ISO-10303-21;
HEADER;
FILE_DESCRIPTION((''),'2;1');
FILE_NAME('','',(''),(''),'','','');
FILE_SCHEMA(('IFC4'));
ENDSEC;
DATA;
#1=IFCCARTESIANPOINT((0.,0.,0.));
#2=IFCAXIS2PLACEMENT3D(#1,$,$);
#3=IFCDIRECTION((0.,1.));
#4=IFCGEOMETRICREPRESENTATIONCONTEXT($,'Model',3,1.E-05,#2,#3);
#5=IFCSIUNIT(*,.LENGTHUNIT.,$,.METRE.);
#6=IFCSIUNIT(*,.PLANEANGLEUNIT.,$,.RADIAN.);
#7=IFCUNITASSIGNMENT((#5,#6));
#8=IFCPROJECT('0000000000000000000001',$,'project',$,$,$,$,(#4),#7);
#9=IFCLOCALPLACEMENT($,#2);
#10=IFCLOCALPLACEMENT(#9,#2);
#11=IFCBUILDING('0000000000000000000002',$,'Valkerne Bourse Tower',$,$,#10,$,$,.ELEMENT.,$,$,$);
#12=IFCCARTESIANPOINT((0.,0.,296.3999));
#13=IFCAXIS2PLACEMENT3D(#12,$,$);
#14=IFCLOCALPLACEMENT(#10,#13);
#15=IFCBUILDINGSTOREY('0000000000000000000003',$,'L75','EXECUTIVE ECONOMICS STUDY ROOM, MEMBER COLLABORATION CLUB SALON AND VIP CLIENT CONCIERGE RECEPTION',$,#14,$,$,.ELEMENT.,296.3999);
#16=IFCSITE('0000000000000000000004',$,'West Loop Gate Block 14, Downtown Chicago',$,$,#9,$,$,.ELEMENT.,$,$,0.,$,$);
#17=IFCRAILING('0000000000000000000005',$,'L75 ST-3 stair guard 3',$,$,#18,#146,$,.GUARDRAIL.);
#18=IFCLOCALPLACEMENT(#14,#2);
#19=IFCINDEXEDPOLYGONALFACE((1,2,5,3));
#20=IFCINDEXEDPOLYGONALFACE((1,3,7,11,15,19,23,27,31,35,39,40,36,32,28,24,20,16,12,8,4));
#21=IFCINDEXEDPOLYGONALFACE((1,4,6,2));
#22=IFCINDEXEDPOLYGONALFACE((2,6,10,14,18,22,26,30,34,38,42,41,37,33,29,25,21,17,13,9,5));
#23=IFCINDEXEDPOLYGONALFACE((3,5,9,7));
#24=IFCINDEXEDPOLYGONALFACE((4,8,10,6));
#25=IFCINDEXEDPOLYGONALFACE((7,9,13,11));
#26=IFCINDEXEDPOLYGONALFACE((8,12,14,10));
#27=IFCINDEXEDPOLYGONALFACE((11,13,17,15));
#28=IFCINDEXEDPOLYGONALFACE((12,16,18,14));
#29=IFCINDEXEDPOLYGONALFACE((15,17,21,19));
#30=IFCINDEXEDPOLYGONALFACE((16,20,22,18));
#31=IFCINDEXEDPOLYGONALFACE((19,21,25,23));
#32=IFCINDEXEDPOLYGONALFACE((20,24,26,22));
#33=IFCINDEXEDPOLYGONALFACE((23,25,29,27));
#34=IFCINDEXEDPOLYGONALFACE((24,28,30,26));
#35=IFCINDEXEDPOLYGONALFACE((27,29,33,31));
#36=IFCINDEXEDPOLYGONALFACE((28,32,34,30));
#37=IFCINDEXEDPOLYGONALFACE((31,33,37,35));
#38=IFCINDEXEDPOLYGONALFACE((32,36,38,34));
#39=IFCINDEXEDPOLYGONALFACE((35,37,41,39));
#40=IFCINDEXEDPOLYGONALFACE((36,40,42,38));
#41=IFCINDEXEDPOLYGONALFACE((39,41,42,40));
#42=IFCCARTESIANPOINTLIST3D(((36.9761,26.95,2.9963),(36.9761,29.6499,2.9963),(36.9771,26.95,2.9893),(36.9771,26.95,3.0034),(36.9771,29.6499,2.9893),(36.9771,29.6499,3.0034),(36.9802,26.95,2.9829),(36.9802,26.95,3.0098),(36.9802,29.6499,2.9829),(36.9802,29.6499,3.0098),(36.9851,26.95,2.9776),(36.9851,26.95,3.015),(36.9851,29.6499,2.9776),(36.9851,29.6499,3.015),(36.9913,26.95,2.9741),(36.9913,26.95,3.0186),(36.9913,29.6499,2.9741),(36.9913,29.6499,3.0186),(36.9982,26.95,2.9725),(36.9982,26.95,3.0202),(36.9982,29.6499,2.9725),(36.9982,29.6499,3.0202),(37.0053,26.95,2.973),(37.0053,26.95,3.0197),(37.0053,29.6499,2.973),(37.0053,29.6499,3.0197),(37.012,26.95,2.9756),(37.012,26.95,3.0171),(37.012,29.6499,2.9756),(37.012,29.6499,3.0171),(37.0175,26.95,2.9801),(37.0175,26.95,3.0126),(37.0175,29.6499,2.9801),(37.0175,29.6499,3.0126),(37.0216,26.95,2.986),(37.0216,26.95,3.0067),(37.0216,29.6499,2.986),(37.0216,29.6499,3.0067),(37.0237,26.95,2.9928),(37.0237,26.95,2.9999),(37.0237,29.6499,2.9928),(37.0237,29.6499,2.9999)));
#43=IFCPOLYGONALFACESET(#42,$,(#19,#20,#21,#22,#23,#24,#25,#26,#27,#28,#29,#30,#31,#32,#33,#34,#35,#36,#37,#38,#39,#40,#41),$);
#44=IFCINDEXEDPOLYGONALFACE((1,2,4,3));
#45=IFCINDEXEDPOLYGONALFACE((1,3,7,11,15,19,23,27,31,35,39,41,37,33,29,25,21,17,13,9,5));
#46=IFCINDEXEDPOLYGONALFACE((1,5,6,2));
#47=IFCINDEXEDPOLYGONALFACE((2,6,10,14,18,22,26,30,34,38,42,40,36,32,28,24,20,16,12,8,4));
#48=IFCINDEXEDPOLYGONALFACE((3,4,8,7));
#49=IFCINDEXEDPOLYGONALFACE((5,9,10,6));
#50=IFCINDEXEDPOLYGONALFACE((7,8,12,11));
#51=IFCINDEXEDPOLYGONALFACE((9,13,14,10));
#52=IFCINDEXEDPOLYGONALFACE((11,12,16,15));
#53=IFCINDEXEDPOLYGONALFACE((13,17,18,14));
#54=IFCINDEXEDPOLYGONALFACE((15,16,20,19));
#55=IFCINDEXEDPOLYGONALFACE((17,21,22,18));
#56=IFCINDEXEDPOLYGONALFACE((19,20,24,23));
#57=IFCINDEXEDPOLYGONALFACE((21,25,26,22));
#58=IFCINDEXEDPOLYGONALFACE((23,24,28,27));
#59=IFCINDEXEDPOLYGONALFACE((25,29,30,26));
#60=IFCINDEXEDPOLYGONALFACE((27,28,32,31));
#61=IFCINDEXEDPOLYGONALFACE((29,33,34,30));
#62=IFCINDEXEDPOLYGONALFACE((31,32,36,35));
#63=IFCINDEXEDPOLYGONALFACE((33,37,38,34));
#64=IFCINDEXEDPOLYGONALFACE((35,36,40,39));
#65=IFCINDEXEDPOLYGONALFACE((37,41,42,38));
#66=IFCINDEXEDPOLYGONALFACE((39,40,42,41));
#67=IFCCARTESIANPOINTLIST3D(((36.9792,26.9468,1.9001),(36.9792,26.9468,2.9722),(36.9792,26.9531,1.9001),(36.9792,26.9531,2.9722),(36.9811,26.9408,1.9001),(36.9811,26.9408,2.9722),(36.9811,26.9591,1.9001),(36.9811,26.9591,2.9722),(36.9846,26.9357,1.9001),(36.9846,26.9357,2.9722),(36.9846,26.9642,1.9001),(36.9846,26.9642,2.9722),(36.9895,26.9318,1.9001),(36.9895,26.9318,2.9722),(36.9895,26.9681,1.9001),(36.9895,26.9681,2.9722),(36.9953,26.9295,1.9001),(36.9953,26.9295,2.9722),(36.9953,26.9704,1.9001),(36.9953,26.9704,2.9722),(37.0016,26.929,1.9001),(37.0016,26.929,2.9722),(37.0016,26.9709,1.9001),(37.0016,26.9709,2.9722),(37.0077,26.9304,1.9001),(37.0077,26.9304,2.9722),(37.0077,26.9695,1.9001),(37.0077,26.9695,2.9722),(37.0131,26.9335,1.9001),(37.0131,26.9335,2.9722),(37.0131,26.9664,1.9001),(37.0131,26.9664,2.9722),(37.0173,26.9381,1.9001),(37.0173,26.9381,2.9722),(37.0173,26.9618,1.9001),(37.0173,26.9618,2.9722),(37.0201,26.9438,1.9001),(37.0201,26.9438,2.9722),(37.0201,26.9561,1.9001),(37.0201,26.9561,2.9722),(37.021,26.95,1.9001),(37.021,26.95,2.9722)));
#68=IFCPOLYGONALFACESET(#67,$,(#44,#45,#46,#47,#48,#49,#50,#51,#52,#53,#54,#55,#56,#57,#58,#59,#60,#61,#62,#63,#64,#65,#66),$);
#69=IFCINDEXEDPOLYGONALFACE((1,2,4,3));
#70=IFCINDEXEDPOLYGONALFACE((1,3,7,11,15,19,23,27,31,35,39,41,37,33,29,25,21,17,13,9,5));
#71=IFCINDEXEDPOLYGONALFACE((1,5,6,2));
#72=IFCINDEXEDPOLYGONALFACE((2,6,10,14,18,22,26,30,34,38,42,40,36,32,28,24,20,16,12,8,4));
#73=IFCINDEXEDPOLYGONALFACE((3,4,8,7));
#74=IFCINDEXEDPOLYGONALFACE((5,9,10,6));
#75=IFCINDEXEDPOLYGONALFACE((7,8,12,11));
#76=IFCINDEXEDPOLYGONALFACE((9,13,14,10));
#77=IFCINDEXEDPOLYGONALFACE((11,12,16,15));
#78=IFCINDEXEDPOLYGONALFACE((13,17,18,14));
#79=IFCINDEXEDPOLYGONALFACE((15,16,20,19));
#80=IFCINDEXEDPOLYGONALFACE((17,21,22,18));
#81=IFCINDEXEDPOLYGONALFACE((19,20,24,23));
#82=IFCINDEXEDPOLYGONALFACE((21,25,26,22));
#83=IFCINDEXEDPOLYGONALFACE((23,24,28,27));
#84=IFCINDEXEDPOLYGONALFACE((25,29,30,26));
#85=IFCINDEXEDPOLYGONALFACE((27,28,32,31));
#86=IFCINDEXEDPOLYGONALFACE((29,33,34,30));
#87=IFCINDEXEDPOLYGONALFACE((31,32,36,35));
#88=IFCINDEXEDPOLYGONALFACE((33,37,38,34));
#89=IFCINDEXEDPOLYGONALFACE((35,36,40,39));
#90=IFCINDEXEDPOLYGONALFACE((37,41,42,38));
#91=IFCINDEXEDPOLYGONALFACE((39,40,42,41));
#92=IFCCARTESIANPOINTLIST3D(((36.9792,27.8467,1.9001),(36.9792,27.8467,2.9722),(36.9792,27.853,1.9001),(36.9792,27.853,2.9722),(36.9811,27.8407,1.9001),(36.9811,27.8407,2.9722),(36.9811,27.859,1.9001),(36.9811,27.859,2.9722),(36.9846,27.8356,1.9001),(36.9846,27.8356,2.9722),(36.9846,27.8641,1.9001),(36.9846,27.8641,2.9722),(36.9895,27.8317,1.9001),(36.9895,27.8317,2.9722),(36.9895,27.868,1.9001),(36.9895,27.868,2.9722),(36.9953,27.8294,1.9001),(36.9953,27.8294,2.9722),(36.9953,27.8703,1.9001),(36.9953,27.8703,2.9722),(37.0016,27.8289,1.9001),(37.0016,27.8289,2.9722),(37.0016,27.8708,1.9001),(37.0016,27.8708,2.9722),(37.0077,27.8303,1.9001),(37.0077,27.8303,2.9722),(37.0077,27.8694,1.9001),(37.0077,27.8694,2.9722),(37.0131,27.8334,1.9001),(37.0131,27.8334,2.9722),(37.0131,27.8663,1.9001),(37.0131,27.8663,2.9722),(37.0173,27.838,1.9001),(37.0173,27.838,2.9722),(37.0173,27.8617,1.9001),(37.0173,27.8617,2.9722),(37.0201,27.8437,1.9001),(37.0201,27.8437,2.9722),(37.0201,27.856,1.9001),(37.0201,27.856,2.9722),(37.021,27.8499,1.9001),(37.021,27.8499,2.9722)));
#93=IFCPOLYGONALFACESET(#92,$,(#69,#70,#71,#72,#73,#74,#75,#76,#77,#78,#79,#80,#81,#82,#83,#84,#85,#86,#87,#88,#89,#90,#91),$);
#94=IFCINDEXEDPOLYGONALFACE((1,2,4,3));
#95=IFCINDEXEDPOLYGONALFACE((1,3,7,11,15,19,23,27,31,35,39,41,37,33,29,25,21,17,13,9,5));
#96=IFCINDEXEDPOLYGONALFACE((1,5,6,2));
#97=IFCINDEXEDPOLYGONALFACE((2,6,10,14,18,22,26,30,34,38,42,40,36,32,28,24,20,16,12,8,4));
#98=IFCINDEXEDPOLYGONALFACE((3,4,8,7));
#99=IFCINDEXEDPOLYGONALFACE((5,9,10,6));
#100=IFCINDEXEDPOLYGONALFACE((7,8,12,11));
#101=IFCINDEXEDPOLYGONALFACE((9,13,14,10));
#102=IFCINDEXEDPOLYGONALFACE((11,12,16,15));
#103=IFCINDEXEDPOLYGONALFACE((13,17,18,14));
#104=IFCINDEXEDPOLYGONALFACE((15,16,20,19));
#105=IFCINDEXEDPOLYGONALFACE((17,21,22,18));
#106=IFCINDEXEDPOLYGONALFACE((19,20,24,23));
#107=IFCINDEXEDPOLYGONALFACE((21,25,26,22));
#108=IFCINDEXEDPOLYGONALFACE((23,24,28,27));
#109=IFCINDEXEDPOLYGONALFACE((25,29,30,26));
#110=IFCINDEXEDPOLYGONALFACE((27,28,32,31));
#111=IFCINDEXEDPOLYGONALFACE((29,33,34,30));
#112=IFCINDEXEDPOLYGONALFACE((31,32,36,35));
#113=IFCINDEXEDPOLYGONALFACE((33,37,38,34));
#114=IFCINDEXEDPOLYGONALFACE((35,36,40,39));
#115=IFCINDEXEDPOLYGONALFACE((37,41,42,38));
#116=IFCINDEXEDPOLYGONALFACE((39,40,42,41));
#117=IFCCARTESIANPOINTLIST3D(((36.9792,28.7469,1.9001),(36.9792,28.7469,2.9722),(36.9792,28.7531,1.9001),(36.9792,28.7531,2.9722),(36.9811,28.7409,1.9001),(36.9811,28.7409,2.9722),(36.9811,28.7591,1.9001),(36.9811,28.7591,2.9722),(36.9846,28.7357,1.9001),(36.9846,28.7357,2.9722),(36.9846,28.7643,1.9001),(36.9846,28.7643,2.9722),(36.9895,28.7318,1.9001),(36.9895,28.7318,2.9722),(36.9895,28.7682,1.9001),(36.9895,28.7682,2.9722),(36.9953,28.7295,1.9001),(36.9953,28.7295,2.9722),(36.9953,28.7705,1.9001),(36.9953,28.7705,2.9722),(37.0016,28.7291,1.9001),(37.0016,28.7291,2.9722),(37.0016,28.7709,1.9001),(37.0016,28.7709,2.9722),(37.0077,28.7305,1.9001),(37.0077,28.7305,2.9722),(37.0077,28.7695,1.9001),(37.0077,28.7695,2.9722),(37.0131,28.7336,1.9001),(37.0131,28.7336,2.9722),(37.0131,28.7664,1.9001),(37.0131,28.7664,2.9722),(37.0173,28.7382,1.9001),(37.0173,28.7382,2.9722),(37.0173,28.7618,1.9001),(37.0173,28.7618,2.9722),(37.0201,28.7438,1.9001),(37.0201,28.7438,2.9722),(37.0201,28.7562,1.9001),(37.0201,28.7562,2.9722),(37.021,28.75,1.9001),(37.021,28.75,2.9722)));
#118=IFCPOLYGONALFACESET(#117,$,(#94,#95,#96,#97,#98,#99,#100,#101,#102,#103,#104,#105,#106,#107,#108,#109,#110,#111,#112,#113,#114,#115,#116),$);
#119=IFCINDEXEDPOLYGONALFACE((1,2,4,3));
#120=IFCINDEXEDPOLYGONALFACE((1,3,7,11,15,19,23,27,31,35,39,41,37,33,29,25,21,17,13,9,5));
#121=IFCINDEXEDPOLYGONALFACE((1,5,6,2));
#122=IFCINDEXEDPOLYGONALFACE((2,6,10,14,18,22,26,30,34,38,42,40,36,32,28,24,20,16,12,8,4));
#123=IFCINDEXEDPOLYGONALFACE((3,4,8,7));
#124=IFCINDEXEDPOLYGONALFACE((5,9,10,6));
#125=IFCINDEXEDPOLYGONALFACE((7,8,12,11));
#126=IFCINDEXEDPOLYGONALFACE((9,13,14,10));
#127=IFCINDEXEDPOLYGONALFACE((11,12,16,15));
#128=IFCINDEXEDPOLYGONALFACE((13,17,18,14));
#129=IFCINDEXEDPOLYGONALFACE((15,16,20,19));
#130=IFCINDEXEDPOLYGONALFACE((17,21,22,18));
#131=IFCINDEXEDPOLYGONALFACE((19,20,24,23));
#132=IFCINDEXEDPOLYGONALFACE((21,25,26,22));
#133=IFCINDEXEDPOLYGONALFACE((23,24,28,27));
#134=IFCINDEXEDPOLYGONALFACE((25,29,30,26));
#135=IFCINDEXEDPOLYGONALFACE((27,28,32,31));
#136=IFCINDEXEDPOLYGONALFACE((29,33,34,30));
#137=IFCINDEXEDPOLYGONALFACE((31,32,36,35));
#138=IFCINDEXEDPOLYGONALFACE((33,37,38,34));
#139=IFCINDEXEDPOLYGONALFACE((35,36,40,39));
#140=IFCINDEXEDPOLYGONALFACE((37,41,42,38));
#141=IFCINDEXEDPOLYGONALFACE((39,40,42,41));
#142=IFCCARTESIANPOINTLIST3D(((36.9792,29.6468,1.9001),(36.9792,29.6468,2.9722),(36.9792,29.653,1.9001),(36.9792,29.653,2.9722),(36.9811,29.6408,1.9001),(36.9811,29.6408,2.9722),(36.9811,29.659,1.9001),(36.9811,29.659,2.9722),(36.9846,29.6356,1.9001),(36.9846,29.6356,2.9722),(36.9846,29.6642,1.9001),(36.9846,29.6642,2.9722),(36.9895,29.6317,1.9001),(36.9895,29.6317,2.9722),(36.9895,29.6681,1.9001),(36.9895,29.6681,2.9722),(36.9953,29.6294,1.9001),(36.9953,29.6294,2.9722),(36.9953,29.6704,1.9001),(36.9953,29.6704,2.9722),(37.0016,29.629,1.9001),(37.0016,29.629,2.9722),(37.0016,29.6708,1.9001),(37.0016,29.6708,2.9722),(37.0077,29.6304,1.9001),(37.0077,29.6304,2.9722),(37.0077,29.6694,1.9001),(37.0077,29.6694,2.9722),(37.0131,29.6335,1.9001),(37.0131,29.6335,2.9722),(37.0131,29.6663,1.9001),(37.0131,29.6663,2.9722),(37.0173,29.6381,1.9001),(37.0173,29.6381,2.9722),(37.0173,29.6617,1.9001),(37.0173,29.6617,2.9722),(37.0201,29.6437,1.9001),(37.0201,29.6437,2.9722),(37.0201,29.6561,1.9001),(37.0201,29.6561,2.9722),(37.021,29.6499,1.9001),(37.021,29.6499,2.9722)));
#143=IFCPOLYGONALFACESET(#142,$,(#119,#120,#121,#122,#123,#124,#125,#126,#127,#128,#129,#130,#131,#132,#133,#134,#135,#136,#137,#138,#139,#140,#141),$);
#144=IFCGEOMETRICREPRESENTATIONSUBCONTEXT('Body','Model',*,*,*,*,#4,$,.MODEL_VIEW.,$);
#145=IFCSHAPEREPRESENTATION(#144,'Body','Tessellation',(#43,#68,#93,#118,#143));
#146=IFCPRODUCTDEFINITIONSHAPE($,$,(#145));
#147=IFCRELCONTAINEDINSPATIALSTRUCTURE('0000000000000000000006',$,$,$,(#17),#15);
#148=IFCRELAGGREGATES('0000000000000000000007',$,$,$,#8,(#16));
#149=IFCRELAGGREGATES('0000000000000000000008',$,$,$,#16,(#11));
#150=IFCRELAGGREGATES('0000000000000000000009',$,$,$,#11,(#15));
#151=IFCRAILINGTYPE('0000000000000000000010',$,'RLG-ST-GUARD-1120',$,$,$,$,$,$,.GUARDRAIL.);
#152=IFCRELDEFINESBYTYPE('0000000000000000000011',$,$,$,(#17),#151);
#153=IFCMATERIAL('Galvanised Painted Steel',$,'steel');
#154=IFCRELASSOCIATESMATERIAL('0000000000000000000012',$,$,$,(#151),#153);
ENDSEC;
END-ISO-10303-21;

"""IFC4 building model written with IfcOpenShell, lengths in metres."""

from ifc_helpers import new_model, si_unit, direction, frame, origin, origin_2d, place, context, subcontext, project, spatial, circle, extrude, material, type_object, element, save


model = new_model("IFC4")

# Units and contexts
model_context = context("Model", 3, precision=1e-05, world=origin(), true_north=direction((0.0, 1.0)))
body_context = subcontext(model_context, "Body", "Model", "MODEL_VIEW")
ifc_project = project(units=[si_unit("LENGTHUNIT", "METRE"), si_unit("PLANEANGLEUNIT", "RADIAN")], contexts=[model_context])

# Site, building, storey
site_placement = place(None, origin())
site = spatial("IfcSite", under=ifc_project, at=site_placement, Name="West Loop Gate Block 14, Downtown Chicago", CompositionType="ELEMENT", RefElevation=0.0)
building_placement = place(site_placement, origin())
building = spatial("IfcBuilding", under=site, at=building_placement, Name="Valkerne Bourse Tower", CompositionType="ELEMENT")
storey_placement = place(building_placement, frame((0.0, 0.0, 296.3999)))
storey = spatial("IfcBuildingStorey", under=building, at=storey_placement, Name="L75", Description="EXECUTIVE ECONOMICS STUDY ROOM, MEMBER COLLABORATION CLUB SALON AND VIP CLIENT CONCIERGE RECEPTION", CompositionType="ELEMENT", Elevation=296.3999)

# Railing
ifc_material_1 = material(Name="Galvanised Painted Steel", Category="steel")
railing_type_1 = type_object("IfcRailingType", Name="RLG-ST-GUARD-1120", PredefinedType="GUARDRAIL", material=ifc_material_1)
for number, where, name in (
    (1, (37.0, 26.95, 1.9001), "L75 ST-3 stair guard 3"),
):
    element("IfcRailing", number, at=place(storey_placement, frame(where)), inside=storey, type_object=railing_type_1, Name=name, PredefinedType="GUARDRAIL", context=body_context, shape_type="SweptSolid", body=[
        extrude(circle(Radius=0.0239, at=origin_2d()), frame((0.0, 0.0, 1.0962), z_axis=(0.0, 1.0, 0.0), x_axis=(-1.0, 0.0, 0.0)), (0.0, 0.0, 1.0), 2.7),
        extrude(circle(Radius=0.021, at=origin_2d()), origin(), (0.0, 0.0, 1.0), 1.072),
        extrude(circle(Radius=0.021, at=origin_2d()), frame((0.0, 0.8999, 0.0)), (0.0, 0.0, 1.0), 1.072),
        extrude(circle(Radius=0.021, at=origin_2d()), frame((0.0, 1.8, 0.0)), (0.0, 0.0, 1.0), 1.072),
        extrude(circle(Radius=0.021, at=origin_2d()), frame((0.0, 2.7, 0.0)), (0.0, 0.0, 1.0), 1.072),
    ])

save(model, "model.ifc")
